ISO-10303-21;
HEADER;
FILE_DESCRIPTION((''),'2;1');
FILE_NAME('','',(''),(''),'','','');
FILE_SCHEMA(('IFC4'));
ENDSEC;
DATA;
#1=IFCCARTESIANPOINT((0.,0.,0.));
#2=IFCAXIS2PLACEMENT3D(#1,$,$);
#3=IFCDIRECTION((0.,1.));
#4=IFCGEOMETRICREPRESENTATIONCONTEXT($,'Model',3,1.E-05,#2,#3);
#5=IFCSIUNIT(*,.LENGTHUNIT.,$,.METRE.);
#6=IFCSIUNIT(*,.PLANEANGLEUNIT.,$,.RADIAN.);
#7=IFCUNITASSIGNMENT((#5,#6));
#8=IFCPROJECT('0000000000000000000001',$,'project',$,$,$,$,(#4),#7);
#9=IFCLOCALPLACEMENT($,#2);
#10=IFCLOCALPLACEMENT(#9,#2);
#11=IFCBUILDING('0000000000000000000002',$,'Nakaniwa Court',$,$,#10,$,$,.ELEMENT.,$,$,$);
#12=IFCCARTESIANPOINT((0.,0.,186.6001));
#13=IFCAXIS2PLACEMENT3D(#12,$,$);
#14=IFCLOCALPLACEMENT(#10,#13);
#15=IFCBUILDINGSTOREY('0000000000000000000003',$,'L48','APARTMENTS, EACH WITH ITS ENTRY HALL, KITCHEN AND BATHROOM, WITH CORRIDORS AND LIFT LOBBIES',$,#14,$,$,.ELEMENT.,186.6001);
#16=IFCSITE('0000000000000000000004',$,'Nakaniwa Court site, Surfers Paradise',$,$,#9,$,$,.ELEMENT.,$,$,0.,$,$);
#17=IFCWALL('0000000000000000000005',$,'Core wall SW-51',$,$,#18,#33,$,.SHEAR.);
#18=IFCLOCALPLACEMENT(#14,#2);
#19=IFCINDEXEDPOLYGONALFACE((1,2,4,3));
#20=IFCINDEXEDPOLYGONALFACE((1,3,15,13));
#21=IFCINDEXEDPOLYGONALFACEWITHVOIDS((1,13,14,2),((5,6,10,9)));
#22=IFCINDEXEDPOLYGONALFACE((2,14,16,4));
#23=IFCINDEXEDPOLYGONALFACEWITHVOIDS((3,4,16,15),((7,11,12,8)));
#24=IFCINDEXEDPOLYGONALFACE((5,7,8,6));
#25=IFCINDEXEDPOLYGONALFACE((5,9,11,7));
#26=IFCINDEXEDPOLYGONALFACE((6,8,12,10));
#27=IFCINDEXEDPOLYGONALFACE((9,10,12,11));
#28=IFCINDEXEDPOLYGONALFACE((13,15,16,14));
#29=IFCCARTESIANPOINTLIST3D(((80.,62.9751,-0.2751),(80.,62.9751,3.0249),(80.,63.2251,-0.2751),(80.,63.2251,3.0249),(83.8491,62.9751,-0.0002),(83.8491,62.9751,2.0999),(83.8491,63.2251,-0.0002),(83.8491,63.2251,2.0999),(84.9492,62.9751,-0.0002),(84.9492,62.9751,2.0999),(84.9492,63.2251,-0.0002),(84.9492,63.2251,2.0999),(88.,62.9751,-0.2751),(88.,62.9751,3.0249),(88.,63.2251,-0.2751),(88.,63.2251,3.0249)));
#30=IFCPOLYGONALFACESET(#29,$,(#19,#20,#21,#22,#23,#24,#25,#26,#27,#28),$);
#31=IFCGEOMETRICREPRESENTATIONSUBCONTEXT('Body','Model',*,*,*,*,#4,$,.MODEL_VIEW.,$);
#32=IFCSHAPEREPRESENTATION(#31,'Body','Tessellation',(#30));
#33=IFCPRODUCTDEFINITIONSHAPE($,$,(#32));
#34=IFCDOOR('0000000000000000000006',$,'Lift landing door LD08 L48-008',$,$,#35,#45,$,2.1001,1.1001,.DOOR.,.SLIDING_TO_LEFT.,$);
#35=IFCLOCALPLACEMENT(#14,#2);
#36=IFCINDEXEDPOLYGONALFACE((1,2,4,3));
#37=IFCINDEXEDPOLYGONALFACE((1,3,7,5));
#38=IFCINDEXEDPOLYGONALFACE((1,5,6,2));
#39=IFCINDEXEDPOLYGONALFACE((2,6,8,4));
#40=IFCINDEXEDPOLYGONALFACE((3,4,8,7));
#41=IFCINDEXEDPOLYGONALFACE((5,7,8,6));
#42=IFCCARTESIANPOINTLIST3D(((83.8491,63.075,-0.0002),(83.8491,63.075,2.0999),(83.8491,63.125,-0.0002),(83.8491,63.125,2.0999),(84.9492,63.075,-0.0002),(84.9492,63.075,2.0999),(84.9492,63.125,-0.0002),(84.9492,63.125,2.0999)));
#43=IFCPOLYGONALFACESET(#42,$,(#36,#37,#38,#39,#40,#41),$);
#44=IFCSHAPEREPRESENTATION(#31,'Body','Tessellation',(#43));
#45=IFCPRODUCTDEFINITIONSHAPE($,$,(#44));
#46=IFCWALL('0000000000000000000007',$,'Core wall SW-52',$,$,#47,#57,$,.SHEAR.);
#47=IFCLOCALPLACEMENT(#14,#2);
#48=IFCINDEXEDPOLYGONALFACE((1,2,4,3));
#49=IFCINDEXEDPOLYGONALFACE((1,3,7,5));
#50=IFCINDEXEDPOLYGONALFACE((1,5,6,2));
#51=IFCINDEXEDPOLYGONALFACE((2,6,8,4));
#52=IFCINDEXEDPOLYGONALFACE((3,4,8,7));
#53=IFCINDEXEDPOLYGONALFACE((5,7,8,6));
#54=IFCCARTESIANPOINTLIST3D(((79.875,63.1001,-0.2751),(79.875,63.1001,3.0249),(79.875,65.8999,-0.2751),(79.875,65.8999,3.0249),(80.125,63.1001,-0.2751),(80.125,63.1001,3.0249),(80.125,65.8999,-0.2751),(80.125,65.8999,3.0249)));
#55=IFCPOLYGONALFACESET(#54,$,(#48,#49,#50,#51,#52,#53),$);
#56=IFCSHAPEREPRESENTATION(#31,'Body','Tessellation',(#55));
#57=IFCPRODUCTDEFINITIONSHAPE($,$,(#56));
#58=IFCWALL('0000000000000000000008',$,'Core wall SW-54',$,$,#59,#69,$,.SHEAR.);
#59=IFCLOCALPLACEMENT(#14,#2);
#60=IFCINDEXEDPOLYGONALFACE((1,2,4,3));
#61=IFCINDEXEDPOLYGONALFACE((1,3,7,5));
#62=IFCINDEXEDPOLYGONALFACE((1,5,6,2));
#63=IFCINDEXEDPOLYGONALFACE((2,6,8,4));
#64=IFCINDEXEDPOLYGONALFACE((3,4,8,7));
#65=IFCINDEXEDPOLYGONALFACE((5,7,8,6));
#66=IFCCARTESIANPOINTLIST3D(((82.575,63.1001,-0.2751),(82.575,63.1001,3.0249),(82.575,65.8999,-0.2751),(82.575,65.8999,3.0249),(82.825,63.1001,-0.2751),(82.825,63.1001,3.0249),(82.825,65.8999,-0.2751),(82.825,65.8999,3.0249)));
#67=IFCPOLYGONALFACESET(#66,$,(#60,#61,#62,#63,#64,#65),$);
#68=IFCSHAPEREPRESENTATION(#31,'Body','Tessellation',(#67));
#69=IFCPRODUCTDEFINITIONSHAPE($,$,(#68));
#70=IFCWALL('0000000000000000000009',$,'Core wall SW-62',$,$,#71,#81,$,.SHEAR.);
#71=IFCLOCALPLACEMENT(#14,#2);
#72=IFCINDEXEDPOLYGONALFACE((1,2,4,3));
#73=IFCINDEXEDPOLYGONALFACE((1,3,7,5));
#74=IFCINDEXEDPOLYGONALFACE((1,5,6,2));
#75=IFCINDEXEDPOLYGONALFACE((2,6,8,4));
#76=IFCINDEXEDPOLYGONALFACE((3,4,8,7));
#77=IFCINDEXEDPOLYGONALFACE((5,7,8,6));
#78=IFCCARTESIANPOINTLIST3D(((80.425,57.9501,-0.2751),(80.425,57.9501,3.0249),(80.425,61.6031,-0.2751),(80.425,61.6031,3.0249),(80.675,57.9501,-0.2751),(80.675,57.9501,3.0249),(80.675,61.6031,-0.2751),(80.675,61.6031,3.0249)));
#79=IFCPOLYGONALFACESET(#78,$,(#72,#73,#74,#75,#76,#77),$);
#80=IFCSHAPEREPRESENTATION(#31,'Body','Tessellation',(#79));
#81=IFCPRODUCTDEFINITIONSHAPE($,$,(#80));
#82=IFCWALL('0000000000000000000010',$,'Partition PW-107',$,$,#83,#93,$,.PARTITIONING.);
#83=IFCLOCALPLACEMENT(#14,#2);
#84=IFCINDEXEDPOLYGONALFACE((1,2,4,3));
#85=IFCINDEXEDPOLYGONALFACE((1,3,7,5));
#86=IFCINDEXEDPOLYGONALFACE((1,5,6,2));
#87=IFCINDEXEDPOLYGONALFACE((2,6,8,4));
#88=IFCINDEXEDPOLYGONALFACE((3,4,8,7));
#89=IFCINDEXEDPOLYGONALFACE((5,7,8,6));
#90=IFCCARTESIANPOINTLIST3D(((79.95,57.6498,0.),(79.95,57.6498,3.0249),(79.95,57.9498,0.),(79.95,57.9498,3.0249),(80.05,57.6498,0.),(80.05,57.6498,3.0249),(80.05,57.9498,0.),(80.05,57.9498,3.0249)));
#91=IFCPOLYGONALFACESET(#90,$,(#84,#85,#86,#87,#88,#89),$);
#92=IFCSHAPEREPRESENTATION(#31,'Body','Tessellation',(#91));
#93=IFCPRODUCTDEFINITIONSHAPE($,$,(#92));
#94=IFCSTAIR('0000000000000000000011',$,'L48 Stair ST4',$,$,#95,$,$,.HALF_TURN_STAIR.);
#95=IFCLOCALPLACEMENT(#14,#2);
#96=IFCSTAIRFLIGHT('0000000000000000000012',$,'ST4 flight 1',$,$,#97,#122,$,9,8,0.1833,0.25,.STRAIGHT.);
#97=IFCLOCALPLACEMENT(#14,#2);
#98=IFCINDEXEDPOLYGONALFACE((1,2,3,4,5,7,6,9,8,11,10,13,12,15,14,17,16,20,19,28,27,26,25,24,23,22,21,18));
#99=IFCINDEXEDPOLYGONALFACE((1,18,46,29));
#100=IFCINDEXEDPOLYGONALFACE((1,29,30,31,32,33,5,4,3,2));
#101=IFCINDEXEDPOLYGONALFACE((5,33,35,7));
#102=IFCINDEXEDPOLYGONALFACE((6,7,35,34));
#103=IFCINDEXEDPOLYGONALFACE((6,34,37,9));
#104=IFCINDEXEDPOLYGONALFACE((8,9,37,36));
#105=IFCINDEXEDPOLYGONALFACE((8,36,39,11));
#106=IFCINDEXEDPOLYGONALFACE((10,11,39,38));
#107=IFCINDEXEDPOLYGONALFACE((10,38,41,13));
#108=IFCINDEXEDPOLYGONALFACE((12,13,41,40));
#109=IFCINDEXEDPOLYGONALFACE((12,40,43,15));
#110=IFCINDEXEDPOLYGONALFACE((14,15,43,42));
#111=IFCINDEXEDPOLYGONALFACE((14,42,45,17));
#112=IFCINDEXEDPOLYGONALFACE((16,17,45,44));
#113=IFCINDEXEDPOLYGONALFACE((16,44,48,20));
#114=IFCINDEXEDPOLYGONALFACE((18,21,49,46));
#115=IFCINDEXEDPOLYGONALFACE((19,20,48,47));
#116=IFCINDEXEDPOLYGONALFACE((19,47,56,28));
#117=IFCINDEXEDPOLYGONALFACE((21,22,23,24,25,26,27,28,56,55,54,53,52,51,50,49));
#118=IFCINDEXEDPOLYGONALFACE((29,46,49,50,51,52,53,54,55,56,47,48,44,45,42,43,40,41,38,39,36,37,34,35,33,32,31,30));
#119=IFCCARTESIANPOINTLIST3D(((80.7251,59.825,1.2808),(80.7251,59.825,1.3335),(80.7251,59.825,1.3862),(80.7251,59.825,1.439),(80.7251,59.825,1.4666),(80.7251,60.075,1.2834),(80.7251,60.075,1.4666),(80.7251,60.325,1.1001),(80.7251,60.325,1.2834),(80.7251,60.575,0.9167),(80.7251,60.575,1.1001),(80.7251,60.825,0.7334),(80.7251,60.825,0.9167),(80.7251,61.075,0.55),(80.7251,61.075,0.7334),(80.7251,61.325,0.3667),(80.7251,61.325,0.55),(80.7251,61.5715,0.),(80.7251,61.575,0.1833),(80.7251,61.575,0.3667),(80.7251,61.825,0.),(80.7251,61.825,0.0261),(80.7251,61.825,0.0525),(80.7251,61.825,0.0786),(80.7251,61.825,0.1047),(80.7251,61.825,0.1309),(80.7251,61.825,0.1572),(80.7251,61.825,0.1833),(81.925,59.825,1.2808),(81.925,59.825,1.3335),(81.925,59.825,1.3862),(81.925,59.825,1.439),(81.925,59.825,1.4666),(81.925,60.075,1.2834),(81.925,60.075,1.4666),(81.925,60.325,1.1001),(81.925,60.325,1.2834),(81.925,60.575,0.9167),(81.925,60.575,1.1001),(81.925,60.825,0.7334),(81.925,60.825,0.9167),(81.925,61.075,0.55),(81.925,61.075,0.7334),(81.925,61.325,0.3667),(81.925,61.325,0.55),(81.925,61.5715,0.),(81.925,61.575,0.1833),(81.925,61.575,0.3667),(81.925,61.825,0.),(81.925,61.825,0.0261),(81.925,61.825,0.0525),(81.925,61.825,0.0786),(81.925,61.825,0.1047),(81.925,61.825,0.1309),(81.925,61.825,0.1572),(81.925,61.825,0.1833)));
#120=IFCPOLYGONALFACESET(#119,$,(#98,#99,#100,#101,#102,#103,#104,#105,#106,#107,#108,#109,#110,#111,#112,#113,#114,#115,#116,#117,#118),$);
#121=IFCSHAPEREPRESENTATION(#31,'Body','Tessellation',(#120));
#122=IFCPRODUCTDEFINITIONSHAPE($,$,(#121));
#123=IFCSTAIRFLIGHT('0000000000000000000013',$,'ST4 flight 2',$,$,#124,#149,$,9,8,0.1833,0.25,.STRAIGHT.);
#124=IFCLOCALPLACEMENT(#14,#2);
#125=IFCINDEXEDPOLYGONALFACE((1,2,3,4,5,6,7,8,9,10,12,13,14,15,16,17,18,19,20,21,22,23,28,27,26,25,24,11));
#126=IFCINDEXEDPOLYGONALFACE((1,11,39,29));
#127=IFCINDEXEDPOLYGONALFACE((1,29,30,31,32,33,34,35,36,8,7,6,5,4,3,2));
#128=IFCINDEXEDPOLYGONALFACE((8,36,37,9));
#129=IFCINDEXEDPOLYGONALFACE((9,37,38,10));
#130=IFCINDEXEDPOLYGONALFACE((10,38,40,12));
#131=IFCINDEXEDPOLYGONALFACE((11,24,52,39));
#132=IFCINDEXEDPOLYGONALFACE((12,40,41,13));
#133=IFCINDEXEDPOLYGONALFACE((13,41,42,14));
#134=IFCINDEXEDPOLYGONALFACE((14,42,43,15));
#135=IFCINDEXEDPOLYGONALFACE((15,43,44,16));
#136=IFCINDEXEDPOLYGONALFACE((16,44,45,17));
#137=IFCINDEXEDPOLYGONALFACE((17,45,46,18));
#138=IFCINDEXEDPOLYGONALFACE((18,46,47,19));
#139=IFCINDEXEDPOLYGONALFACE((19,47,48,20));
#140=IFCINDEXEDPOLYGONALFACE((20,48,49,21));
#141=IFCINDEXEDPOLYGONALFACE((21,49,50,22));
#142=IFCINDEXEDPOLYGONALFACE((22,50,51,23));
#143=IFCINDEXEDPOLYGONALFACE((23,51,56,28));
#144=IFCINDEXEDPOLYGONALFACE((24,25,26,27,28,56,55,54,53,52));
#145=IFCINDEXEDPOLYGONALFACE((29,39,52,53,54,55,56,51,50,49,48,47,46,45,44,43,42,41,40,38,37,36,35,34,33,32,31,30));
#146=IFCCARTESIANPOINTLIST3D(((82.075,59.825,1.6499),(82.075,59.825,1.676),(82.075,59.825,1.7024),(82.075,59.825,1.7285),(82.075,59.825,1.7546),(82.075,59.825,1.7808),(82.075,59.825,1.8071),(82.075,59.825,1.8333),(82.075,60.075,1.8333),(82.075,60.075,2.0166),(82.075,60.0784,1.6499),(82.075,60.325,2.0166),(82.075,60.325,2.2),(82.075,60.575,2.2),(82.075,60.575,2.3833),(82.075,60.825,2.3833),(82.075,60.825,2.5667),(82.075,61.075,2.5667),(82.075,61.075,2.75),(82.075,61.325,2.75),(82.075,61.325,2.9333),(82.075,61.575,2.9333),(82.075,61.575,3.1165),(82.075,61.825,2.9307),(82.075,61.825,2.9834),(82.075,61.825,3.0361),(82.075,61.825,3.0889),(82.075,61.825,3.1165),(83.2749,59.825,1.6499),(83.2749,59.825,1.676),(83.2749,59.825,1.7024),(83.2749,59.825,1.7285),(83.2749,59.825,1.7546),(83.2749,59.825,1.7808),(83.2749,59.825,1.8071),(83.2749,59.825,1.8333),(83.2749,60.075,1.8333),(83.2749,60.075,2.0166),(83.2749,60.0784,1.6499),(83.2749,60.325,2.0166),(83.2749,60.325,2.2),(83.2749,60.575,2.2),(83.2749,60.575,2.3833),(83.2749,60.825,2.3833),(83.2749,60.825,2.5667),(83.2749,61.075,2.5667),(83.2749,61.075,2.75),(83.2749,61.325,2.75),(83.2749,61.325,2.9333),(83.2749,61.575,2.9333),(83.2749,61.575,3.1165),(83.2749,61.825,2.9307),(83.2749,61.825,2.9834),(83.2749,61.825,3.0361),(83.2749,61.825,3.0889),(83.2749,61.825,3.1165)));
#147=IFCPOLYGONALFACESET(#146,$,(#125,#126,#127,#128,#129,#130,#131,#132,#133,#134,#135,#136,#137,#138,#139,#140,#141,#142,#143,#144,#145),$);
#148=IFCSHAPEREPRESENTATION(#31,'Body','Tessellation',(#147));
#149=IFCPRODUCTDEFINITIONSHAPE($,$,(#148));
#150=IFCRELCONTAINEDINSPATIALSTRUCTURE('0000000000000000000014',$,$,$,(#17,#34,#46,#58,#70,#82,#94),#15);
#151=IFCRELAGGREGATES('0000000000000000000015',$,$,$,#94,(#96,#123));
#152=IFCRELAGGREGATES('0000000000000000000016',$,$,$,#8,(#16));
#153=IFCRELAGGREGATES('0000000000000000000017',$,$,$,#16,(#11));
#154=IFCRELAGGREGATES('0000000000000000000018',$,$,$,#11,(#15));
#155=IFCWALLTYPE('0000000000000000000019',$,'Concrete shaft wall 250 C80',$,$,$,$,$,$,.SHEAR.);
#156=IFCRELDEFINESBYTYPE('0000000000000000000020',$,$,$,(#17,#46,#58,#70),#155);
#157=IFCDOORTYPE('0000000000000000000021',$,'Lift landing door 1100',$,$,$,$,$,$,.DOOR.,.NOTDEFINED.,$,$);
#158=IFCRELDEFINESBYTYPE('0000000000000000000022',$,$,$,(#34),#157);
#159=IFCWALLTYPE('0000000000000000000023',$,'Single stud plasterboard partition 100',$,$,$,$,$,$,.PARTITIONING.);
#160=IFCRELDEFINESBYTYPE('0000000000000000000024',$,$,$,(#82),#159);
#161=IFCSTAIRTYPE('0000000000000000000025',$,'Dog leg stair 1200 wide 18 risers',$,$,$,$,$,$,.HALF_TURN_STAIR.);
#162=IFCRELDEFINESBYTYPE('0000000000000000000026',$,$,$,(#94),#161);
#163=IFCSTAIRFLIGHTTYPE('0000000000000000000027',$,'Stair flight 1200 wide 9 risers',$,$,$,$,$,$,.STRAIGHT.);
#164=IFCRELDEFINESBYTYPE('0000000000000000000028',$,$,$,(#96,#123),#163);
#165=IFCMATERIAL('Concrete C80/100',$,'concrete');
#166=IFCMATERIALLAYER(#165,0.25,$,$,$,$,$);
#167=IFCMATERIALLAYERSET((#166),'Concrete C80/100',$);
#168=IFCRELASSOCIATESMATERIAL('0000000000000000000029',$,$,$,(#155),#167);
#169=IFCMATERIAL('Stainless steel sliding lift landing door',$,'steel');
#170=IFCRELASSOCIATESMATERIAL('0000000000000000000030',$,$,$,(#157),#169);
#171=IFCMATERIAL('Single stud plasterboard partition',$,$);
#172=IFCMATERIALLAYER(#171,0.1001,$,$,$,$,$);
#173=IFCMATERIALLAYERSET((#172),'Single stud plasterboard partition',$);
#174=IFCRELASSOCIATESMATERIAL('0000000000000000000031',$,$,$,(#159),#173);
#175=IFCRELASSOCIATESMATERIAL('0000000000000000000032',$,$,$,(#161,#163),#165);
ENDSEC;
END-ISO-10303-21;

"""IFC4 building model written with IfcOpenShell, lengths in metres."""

from ifc_helpers import new_model, si_unit, direction, frame, frame_2d, origin, place, context, subcontext, project, spatial, polyline, rectangle, outline, extrude, material, layer, layer_set, type_object, element, fill, aggregate, save


model = new_model("IFC4")

# Units and contexts
model_context = context("Model", 3, precision=1e-05, world=origin(), true_north=direction((0.0, 1.0)))
body_context = subcontext(model_context, "Body", "Model", "MODEL_VIEW")
ifc_project = project(units=[si_unit("LENGTHUNIT", "METRE"), si_unit("PLANEANGLEUNIT", "RADIAN")], contexts=[model_context])

# Site, building, storey
site_placement = place(None, origin())
site = spatial("IfcSite", under=ifc_project, at=site_placement, Name="Nakaniwa Court site, Surfers Paradise", CompositionType="ELEMENT", RefElevation=0.0)
building_placement = place(site_placement, origin())
building = spatial("IfcBuilding", under=site, at=building_placement, Name="Nakaniwa Court", CompositionType="ELEMENT")
storey_placement = place(building_placement, frame((0.0, 0.0, 186.6001)))
storey = spatial("IfcBuildingStorey", under=building, at=storey_placement, Name="L48", Description="APARTMENTS, EACH WITH ITS ENTRY HALL, KITCHEN AND BATHROOM, WITH CORRIDORS AND LIFT LOBBIES", CompositionType="ELEMENT", Elevation=186.6001)

# Shared definitions
ifc_material_1 = material(Name="Concrete C80/100", Category="concrete")

# Shared definitions
ifc_layer_1 = layer(ifc_material_1, 0.25)
ifc_layer_set_1 = layer_set([ifc_layer_1], Name="Concrete C80/100")
wall_type_1 = type_object("IfcWallType", Name="Concrete shaft wall 250 C80", PredefinedType="SHEAR", material=ifc_layer_set_1)

# Wall, opening, door
wall_1_placement = place(storey_placement, frame((80.0, 63.1001, -0.2751), z_axis=(0.0, 0.0, 1.0), x_axis=(1.0, 0.0, 0.0)))
wall_1 = element("IfcWall", 1, at=wall_1_placement, inside=storey, type_object=wall_type_1, Name="Core wall SW-51", PredefinedType="SHEAR", context=body_context, shape_type="SweptSolid", body=[
    extrude(rectangle(XDim=8.0, YDim=0.25, at=frame_2d((4.0, 0.0))), origin(), (0.0, 0.0, 1.0), 3.3),
])
opening_1_placement = place(wall_1_placement, frame((3.8491, 0.0, 0.2749)))
opening_1 = element("IfcOpeningElement", 2, at=opening_1_placement, cuts=wall_1, PredefinedType="OPENING", context=body_context, shape_type="SweptSolid", body=[
    extrude(rectangle(XDim=1.1001, YDim=2.1001, at=frame_2d((0.55, 1.05))), frame((0.0, 0.135, 0.0), z_axis=(0.0, -1.0, 0.0), x_axis=(1.0, 0.0, 0.0)), (0.0, 0.0, 1.0), 0.27),
])
ifc_material_2 = material(Name="Stainless steel sliding lift landing door", Category="steel")
door_type_1 = type_object("IfcDoorType", Name="Lift landing door 1100", OperationType="NOTDEFINED", PredefinedType="DOOR", material=ifc_material_2)
door_1_placement = place(opening_1_placement, origin())
door_1 = element("IfcDoor", 3, at=door_1_placement, inside=storey, type_object=door_type_1, Name="Lift landing door LD08 L48-008", OperationType="SLIDING_TO_LEFT", OverallHeight=2.1001, OverallWidth=1.1001, PredefinedType="DOOR", context=body_context, shape_type="SweptSolid", body=[
    extrude(rectangle(XDim=1.1001, YDim=2.1001, at=frame_2d((0.55, 1.05))), frame((0.0, 0.0249, 0.0), z_axis=(0.0, -1.0, 0.0), x_axis=(1.0, 0.0, 0.0)), (0.0, 0.0, 1.0), 0.05),
])
fill(opening_1, door_1)

# Walls
for number, where, z_axis, x_axis, name in (
    (4, (80.0, 63.1001, -0.2751), (0.0, 0.0, 1.0), (0.0, 1.0, 0.0), "Core wall SW-52"),
    (5, (82.7, 63.1001, -0.2751), (0.0, 0.0, 1.0), (0.0, 1.0, 0.0), "Core wall SW-54"),
):
    element("IfcWall", number, at=place(storey_placement, frame(where, z_axis=z_axis, x_axis=x_axis)), inside=storey, type_object=wall_type_1, Name=name, PredefinedType="SHEAR", context=body_context, shape_type="SweptSolid", body=[
        extrude(rectangle(XDim=2.7998, YDim=0.25, at=frame_2d((1.3999, 0.0))), origin(), (0.0, 0.0, 1.0), 3.3),
    ])
wall_2_placement = place(storey_placement, frame((80.55, 57.95, -0.2751), z_axis=(0.0, 0.0, 1.0), x_axis=(0.0, 1.0, 0.0)))
element("IfcWall", 6, at=wall_2_placement, inside=storey, type_object=wall_type_1, Name="Core wall SW-62", PredefinedType="SHEAR", context=body_context, shape_type="SweptSolid", body=[
    extrude(rectangle(XDim=3.6531, YDim=0.25, at=frame_2d((1.8267, 0.0))), origin(), (0.0, 0.0, 1.0), 3.3),
])
ifc_material_3 = material(Name="Single stud plasterboard partition")
ifc_layer_2 = layer(ifc_material_3, 0.1001)
ifc_layer_set_2 = layer_set([ifc_layer_2], Name="Single stud plasterboard partition")
wall_type_2 = type_object("IfcWallType", Name="Single stud plasterboard partition 100", PredefinedType="PARTITIONING", material=ifc_layer_set_2)
wall_3_placement = place(storey_placement, frame((80.0, 57.6499, 0.0), z_axis=(0.0, 0.0, 1.0), x_axis=(0.0, 1.0, 0.0)))
element("IfcWall", 7, at=wall_3_placement, inside=storey, type_object=wall_type_2, Name="Partition PW-107", PredefinedType="PARTITIONING", context=body_context, shape_type="SweptSolid", body=[
    extrude(rectangle(XDim=0.3, YDim=0.1001, at=frame_2d((0.1499, 0.0))), origin(), (0.0, 0.0, 1.0), 3.0249),
])

# Stair, stair flights
stair_type = type_object("IfcStairType", Name="Dog leg stair 1200 wide 18 risers", PredefinedType="HALF_TURN_STAIR", material=ifc_material_1)
stair_placement = place(storey_placement, origin())
stair = element("IfcStair", 8, at=stair_placement, inside=storey, type_object=stair_type, Name="L48 Stair ST4", PredefinedType="HALF_TURN_STAIR")
stair_flight_type = type_object("IfcStairFlightType", Name="Stair flight 1200 wide 9 risers", PredefinedType="STRAIGHT", material=ifc_material_1)
stair_flight_1_placement = place(storey_placement, frame((81.325, 61.825, 0.0), z_axis=(0.0, 0.0, 1.0), x_axis=(0.0, -1.0, 0.0)))
stair_flight_1 = element("IfcStairFlight", 9, at=stair_flight_1_placement, type_object=stair_flight_type, Name="ST4 flight 1", NumberOfRisers=9, NumberOfTreads=8, PredefinedType="STRAIGHT", RiserHeight=0.1833, TreadLength=0.25, context=body_context, shape_type="SweptSolid", body=[
    extrude(outline(polyline([(0.0, 0.0), (0.0, 0.0261), (0.0, 0.0525), (0.0, 0.0786), (0.0, 0.1047), (0.0, 0.1309), (0.0, 0.1572), (0.0, 0.1833), (0.25, 0.1833), (0.25, 0.3667), (0.5, 0.3667), (0.5, 0.55), (0.75, 0.55), (0.75, 0.7334), (1.0, 0.7334), (1.0, 0.9167), (1.25, 0.9167), (1.25, 1.1001), (1.5, 1.1001), (1.5, 1.2834), (1.75, 1.2834), (1.75, 1.4666), (2.0, 1.4666), (2.0, 1.6499), (2.0, 1.5972), (2.0, 1.5444), (2.0, 1.4917), (2.0, 1.439), (2.0, 1.3862), (2.0, 1.3335), (2.0, 1.2808), (0.2534, 0.0), (0.0, 0.0)])), frame((0.0, 0.6001, 0.0), z_axis=(0.0, -1.0, 0.0), x_axis=(1.0, 0.0, 0.0)), (0.0, 0.0, 1.0), 1.2),
])
stair_flight_2_placement = place(storey_placement, frame((82.675, 59.825, 1.6499), z_axis=(0.0, 0.0, 1.0), x_axis=(0.0, 1.0, 0.0)))
stair_flight_2 = element("IfcStairFlight", 10, at=stair_flight_2_placement, type_object=stair_flight_type, Name="ST4 flight 2", NumberOfRisers=9, NumberOfTreads=8, PredefinedType="STRAIGHT", RiserHeight=0.1833, TreadLength=0.25, context=body_context, shape_type="SweptSolid", body=[
    extrude(outline(polyline([(0.0, 0.0), (0.0, 0.0261), (0.0, 0.0525), (0.0, 0.0786), (0.0, 0.1047), (0.0, 0.1309), (0.0, 0.1572), (0.0, 0.1833), (0.25, 0.1833), (0.25, 0.3667), (0.5, 0.3667), (0.5, 0.55), (0.75, 0.55), (0.75, 0.7334), (1.0, 0.7334), (1.0, 0.9167), (1.25, 0.9167), (1.25, 1.1001), (1.5, 1.1001), (1.5, 1.2834), (1.75, 1.2834), (1.75, 1.4666), (2.0, 1.4666), (2.0, 1.6499), (2.0, 1.5972), (2.0, 1.5444), (2.0, 1.4917), (2.0, 1.439), (2.0, 1.3862), (2.0, 1.3335), (2.0, 1.2808), (0.2534, 0.0), (0.0, 0.0)])), frame((0.0, 0.6001, 0.0), z_axis=(0.0, -1.0, 0.0), x_axis=(1.0, 0.0, 0.0)), (0.0, 0.0, 1.0), 1.2),
])
aggregate(stair, [stair_flight_1, stair_flight_2])

save(model, "model.ifc")
